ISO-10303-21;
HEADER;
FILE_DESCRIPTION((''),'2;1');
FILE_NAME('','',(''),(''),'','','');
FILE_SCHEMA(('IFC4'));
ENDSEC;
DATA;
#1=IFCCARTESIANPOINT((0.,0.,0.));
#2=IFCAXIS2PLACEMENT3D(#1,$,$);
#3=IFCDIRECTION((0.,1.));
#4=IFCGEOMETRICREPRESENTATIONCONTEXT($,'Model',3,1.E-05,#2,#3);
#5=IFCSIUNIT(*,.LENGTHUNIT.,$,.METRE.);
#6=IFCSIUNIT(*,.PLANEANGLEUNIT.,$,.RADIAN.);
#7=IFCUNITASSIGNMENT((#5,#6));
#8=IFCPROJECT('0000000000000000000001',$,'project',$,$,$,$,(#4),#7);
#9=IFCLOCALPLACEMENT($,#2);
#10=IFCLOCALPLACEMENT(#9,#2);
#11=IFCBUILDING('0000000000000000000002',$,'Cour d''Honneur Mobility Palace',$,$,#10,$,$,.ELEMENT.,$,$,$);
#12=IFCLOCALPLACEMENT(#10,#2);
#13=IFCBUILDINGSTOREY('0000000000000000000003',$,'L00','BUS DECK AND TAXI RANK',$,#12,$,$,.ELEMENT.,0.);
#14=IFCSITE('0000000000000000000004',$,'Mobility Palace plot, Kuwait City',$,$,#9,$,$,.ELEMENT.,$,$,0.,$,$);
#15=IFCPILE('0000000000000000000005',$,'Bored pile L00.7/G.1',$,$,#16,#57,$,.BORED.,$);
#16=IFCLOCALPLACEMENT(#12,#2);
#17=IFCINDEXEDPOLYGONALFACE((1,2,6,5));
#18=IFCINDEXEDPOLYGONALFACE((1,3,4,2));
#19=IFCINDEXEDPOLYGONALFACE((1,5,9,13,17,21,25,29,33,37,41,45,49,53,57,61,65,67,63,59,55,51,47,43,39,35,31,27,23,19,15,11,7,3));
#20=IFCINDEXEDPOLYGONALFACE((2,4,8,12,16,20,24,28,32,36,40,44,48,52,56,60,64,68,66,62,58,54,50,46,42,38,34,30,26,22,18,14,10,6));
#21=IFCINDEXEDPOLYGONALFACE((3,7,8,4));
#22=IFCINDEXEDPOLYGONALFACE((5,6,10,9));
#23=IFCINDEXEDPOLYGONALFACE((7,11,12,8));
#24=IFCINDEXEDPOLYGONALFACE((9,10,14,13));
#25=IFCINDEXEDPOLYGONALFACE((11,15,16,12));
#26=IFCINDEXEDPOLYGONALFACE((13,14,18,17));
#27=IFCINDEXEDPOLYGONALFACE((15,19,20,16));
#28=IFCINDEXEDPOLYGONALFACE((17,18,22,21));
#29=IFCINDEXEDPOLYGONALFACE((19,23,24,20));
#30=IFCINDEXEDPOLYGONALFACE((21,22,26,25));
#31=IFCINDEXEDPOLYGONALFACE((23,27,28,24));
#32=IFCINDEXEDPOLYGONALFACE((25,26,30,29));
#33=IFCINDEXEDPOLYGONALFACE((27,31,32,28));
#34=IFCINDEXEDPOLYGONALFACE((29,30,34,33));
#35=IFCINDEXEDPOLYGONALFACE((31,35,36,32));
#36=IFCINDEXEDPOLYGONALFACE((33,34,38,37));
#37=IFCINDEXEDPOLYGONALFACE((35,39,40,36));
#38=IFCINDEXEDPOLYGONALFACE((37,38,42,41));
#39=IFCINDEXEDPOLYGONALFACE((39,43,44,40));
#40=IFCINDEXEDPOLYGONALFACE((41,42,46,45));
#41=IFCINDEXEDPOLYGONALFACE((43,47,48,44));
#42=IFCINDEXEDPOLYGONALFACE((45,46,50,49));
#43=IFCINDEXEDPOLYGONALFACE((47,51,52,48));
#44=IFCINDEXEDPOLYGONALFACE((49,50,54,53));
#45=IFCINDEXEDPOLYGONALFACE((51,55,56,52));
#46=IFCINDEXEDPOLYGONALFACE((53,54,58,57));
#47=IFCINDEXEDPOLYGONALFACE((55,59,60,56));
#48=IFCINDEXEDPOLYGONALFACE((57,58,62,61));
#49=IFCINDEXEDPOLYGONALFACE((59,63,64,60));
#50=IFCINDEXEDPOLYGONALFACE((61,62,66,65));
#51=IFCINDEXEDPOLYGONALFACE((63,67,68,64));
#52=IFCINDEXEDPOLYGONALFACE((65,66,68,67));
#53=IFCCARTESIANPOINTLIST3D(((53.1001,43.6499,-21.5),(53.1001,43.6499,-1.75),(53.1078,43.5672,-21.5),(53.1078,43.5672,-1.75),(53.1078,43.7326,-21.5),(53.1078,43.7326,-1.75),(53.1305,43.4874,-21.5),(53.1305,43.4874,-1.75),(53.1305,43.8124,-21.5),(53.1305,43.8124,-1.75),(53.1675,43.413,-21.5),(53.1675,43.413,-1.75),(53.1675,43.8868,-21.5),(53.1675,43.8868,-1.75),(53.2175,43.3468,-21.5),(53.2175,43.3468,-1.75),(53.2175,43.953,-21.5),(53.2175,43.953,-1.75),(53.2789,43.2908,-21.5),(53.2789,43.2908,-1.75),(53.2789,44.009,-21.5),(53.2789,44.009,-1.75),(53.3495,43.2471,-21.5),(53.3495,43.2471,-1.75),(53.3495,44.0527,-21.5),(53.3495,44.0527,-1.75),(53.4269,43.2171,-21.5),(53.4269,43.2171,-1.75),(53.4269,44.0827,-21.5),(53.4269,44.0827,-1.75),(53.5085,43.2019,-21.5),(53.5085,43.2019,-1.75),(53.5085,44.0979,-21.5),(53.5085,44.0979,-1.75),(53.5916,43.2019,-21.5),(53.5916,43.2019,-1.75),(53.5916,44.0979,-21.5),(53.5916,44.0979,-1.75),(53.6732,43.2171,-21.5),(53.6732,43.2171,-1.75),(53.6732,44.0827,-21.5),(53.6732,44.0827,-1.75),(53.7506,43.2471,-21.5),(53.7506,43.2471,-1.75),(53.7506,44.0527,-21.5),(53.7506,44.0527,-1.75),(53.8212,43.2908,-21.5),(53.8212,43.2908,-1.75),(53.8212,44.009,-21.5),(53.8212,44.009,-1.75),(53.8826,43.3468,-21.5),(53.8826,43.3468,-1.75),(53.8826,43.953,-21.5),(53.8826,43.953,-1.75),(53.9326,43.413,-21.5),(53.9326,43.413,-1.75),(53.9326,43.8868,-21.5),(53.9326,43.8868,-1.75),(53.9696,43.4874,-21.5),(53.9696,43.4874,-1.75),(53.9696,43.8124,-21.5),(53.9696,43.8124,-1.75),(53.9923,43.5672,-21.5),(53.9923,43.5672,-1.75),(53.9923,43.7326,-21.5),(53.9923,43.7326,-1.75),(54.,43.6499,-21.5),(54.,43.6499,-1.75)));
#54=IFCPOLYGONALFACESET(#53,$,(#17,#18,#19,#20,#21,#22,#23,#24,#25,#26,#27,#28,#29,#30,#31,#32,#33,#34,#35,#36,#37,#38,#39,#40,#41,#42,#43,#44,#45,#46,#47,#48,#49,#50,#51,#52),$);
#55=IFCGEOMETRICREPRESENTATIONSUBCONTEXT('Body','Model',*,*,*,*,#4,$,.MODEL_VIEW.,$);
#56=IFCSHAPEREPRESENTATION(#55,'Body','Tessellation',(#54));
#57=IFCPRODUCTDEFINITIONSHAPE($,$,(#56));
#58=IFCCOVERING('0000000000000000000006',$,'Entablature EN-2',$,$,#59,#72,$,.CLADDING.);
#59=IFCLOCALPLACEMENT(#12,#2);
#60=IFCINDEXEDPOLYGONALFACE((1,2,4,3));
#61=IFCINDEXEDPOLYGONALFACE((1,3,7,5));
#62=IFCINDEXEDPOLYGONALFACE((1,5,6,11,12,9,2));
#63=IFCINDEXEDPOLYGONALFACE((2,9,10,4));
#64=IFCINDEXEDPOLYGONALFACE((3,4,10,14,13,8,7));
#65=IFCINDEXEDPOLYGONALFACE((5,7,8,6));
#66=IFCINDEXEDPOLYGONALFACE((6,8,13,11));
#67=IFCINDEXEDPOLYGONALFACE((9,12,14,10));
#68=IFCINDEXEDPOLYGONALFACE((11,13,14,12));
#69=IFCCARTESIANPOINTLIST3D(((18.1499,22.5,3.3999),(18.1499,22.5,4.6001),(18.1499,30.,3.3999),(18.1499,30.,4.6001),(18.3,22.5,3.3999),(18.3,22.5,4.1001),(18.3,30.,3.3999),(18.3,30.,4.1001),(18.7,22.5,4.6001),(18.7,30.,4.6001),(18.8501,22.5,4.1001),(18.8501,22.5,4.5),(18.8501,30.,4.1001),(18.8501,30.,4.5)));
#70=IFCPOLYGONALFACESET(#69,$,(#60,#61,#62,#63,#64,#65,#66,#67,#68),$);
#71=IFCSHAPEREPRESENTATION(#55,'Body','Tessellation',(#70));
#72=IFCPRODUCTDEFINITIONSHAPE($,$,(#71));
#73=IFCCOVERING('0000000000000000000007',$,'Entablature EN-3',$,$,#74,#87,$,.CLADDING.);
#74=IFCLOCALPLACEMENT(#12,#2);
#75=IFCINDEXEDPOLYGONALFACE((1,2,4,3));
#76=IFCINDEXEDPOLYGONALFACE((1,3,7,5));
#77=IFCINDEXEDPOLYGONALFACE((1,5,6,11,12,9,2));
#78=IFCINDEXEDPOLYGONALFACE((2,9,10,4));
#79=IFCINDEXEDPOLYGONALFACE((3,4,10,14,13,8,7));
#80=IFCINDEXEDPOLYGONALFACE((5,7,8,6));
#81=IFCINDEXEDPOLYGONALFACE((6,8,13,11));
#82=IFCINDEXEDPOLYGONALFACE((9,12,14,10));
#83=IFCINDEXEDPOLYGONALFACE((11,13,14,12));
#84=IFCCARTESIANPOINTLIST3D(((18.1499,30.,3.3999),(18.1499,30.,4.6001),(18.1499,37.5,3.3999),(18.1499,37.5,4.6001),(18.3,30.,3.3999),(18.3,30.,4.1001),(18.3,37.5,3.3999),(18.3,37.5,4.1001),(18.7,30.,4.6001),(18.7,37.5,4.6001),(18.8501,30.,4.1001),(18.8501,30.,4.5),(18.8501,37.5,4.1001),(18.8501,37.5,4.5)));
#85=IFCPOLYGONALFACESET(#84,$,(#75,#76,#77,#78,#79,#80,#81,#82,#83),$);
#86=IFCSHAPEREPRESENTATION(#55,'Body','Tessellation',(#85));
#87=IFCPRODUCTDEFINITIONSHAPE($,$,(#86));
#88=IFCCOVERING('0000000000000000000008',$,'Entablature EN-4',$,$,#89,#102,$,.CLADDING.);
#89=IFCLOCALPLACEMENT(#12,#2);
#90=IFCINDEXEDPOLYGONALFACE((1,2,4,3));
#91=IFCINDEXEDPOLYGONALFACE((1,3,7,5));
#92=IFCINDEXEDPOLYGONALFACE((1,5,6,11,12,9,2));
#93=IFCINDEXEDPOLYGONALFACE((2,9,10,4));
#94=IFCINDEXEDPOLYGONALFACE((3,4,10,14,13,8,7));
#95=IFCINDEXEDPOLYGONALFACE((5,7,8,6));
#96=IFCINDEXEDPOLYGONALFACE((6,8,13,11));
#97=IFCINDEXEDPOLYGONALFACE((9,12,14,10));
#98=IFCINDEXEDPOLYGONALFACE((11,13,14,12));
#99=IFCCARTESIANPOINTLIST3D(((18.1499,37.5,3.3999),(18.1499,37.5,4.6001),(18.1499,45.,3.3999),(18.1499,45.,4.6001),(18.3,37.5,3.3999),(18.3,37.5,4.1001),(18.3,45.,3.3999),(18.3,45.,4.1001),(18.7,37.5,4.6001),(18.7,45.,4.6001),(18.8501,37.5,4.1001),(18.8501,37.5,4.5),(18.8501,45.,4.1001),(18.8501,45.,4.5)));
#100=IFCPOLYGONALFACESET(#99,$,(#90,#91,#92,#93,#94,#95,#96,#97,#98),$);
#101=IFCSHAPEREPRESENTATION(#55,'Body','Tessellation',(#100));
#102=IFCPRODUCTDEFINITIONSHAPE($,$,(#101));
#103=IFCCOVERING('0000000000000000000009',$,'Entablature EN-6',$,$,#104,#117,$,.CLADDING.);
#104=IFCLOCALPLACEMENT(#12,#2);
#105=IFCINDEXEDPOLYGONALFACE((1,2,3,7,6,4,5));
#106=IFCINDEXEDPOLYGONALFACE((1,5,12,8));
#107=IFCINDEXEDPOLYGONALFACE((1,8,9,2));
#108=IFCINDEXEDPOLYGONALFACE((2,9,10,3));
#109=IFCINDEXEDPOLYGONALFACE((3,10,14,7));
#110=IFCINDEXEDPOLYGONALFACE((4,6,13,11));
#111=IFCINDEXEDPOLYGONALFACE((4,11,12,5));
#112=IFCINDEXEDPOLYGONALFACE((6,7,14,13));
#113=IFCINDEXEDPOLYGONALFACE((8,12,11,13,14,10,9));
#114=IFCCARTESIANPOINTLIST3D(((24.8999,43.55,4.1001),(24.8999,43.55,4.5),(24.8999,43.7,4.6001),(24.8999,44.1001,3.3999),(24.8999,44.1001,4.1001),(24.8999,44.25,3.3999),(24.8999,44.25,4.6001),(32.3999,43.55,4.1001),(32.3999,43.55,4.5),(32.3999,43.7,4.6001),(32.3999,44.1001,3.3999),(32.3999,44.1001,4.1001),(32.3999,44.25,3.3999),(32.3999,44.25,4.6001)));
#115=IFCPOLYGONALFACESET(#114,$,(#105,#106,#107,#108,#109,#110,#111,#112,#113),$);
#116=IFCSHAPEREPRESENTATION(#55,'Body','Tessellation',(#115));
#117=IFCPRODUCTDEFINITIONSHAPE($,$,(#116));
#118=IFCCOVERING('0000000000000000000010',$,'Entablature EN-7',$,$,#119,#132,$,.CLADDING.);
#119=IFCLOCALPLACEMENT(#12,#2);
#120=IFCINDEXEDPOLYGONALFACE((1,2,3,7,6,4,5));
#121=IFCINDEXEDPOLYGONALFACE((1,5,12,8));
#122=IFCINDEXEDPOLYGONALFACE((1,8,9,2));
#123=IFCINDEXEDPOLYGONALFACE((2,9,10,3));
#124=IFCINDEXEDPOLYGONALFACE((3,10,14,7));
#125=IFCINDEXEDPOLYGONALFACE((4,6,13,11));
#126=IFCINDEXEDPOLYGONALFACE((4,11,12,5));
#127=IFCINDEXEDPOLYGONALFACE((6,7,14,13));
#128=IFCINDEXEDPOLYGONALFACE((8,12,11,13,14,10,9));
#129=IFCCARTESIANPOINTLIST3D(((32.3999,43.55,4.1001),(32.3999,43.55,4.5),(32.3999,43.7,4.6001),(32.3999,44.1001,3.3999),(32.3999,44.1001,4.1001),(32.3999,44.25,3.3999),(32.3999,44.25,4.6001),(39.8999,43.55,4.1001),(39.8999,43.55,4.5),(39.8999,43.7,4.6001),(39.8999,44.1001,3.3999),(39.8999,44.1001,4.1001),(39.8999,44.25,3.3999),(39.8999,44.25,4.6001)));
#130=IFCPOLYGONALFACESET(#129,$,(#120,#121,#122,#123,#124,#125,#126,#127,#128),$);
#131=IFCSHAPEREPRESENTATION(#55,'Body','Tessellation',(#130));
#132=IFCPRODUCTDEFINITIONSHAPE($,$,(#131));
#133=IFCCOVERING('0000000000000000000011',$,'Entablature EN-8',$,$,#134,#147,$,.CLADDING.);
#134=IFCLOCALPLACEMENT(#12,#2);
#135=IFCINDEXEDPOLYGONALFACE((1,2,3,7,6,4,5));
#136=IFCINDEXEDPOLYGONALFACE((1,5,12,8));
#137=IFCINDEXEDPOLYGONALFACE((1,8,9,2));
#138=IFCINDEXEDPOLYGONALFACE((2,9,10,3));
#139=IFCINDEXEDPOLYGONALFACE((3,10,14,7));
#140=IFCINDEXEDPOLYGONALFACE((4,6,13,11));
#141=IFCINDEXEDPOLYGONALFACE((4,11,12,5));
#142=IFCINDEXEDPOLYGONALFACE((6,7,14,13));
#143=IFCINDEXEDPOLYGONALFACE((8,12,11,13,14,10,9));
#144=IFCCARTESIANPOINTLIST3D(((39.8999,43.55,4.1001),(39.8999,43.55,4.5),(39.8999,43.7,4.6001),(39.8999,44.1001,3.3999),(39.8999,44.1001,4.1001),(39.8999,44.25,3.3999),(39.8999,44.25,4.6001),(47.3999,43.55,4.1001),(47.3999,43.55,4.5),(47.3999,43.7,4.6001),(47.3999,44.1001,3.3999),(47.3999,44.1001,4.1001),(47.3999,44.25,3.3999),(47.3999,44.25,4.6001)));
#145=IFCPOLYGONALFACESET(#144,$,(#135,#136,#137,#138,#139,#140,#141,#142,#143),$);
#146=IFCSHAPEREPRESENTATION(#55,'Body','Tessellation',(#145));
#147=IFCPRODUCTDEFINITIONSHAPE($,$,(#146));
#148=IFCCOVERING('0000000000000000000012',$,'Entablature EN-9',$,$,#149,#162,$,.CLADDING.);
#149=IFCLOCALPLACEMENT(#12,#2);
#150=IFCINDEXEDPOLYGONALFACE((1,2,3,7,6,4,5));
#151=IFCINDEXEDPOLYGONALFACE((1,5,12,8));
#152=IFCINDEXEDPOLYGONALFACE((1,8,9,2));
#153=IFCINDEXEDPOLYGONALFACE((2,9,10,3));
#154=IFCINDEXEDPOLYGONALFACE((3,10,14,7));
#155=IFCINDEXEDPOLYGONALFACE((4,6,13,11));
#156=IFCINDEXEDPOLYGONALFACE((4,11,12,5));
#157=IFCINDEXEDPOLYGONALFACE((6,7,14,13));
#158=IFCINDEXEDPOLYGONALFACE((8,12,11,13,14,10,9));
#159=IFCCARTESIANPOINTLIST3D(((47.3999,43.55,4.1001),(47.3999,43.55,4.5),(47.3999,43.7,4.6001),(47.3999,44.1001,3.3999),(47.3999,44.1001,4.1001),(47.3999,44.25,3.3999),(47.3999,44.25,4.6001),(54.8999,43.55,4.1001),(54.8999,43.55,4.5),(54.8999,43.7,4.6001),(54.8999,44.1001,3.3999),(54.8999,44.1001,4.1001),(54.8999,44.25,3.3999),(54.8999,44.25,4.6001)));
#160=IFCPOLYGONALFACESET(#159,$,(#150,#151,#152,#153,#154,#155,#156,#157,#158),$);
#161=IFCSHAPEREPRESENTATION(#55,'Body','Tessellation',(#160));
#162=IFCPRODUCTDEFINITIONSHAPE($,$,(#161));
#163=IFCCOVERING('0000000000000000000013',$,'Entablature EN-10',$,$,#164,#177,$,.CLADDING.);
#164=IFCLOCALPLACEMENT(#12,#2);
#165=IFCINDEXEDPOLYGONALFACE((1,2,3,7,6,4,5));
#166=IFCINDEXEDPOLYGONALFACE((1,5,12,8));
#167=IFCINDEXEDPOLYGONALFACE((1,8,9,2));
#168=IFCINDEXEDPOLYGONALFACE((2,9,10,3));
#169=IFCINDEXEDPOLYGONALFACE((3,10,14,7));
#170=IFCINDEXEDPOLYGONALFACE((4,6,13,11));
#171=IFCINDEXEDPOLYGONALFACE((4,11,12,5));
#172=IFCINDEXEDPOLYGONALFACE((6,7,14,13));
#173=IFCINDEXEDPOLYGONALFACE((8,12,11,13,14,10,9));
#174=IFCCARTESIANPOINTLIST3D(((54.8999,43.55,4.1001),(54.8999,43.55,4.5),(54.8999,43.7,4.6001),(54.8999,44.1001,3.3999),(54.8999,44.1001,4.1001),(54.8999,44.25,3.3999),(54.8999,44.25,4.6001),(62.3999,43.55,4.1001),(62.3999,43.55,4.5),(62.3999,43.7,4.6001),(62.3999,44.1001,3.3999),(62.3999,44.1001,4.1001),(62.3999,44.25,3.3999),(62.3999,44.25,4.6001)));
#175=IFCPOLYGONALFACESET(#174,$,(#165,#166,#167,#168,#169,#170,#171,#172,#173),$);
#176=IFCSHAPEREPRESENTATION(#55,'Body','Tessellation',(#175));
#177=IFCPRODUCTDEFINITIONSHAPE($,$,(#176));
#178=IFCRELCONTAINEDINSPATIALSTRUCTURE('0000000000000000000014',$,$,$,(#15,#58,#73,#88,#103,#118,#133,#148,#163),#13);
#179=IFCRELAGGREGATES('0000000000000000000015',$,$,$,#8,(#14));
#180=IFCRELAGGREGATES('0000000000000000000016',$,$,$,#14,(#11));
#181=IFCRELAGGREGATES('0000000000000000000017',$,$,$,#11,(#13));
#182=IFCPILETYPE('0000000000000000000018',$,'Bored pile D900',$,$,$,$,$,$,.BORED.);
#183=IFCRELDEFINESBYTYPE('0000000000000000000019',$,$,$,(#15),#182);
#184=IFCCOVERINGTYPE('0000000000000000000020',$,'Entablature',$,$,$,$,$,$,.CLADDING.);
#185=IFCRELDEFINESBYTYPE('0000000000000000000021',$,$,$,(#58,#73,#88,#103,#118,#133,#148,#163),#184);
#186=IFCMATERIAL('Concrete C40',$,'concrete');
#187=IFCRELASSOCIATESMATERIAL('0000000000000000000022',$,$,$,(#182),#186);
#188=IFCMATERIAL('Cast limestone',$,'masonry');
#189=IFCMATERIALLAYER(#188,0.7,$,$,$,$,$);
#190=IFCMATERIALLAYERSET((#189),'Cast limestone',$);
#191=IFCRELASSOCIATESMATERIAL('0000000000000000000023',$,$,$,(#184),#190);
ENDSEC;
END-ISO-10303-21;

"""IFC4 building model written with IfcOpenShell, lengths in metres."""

from ifc_helpers import new_model, si_unit, direction, frame, origin, origin_2d, place, context, subcontext, project, spatial, polyline, circle, outline, extrude, material, layer, layer_set, material_profile, profile_set, type_object, element, save


model = new_model("IFC4")

# Units and contexts
model_context = context("Model", 3, precision=1e-05, world=origin(), true_north=direction((0.0, 1.0)))
body_context = subcontext(model_context, "Body", "Model", "MODEL_VIEW")
ifc_project = project(units=[si_unit("LENGTHUNIT", "METRE"), si_unit("PLANEANGLEUNIT", "RADIAN")], contexts=[model_context])

# Site, building, storey
site_placement = place(None, origin())
site = spatial("IfcSite", under=ifc_project, at=site_placement, Name="Mobility Palace plot, Kuwait City", CompositionType="ELEMENT", RefElevation=0.0)
building_placement = place(site_placement, origin())
building = spatial("IfcBuilding", under=site, at=building_placement, Name="Cour d'Honneur Mobility Palace", CompositionType="ELEMENT")
storey_placement = place(building_placement, origin())
storey = spatial("IfcBuildingStorey", under=building, at=storey_placement, Name="L00", Description="BUS DECK AND TAXI RANK", CompositionType="ELEMENT", Elevation=0.0)

# Pile
ifc_material_1 = material(Name="Concrete C40", Category="concrete")
ifc_material_profile = material_profile(ifc_material_1, circle(Radius=0.45, at=origin_2d()), Name="Bored pile D900")
ifc_profile_set = profile_set([ifc_material_profile], Name="Concrete C40")
pile_type = type_object("IfcPileType", Name="Bored pile D900", PredefinedType="BORED", material=ifc_profile_set)
for number, where, z_axis, x_axis, name in (
    (1, (53.55, 43.6499, -1.75), (0.0, 0.0, -1.0), (1.0, 0.0, 0.0), "Bored pile L00.7/G.1"),
):
    element("IfcPile", number, at=place(storey_placement, frame(where, z_axis=z_axis, x_axis=x_axis)), inside=storey, type_object=pile_type, Name=name, PredefinedType="BORED", context=body_context, shape_type="SweptSolid", body=[
        extrude(circle(Radius=0.45, at=origin_2d()), origin(), (0.0, 0.0, 1.0), 19.75),
    ])

# Coverings
ifc_material_2 = material(Name="Cast limestone", Category="masonry")
ifc_layer_1 = layer(ifc_material_2, 0.7)
ifc_layer_set_1 = layer_set([ifc_layer_1], Name="Cast limestone")
covering_type_1 = type_object("IfcCoveringType", Name="Entablature", PredefinedType="CLADDING", material=ifc_layer_set_1)
for number, where, z_axis, x_axis, name in (
    (2, (18.1499, 22.5, 3.3999), (0.0, -1.0, 0.0), (1.0, 0.0, 0.0), "Entablature EN-2"),
    (3, (18.1499, 30.0, 3.3999), (0.0, -1.0, 0.0), (1.0, 0.0, 0.0), "Entablature EN-3"),
    (4, (18.1499, 37.5, 3.3999), (0.0, -1.0, 0.0), (1.0, 0.0, 0.0), "Entablature EN-4"),
):
    element("IfcCovering", number, at=place(storey_placement, frame(where, z_axis=z_axis, x_axis=x_axis)), inside=storey, type_object=covering_type_1, Name=name, PredefinedType="CLADDING", context=body_context, shape_type="SweptSolid", body=[
        extrude(outline(polyline([(0.0, 0.0), (0.1501, 0.0), (0.1501, 0.7002), (0.7002, 0.7002), (0.7002, 1.1001), (0.55, 1.2002), (0.0, 1.2002), (0.0, 0.0)])), origin(), (0.0, 0.0, -1.0), 7.5),
    ])
for number, where, z_axis, x_axis, name in (
    (5, (24.8999, 44.25, 3.3999), (-1.0, 0.0, 0.0), (0.0, -1.0, 0.0), "Entablature EN-6"),
    (6, (32.3999, 44.25, 3.3999), (-1.0, 0.0, 0.0), (0.0, -1.0, 0.0), "Entablature EN-7"),
    (7, (39.8999, 44.25, 3.3999), (-1.0, 0.0, 0.0), (0.0, -1.0, 0.0), "Entablature EN-8"),
    (8, (47.3999, 44.25, 3.3999), (-1.0, 0.0, 0.0), (0.0, -1.0, 0.0), "Entablature EN-9"),
    (9, (54.8999, 44.25, 3.3999), (-1.0, 0.0, 0.0), (0.0, -1.0, 0.0), "Entablature EN-10"),
):
    element("IfcCovering", number, at=place(storey_placement, frame(where, z_axis=z_axis, x_axis=x_axis)), inside=storey, type_object=covering_type_1, Name=name, PredefinedType="CLADDING", context=body_context, shape_type="SweptSolid", body=[
        extrude(outline(polyline([(0.0, 0.0), (0.1499, 0.0), (0.1499, 0.7002), (0.7, 0.7002), (0.7, 1.1001), (0.55, 1.2002), (0.0, 1.2002), (0.0, 0.0)])), origin(), (0.0, 0.0, -1.0), 7.5),
    ])

save(model, "model.ifc")
